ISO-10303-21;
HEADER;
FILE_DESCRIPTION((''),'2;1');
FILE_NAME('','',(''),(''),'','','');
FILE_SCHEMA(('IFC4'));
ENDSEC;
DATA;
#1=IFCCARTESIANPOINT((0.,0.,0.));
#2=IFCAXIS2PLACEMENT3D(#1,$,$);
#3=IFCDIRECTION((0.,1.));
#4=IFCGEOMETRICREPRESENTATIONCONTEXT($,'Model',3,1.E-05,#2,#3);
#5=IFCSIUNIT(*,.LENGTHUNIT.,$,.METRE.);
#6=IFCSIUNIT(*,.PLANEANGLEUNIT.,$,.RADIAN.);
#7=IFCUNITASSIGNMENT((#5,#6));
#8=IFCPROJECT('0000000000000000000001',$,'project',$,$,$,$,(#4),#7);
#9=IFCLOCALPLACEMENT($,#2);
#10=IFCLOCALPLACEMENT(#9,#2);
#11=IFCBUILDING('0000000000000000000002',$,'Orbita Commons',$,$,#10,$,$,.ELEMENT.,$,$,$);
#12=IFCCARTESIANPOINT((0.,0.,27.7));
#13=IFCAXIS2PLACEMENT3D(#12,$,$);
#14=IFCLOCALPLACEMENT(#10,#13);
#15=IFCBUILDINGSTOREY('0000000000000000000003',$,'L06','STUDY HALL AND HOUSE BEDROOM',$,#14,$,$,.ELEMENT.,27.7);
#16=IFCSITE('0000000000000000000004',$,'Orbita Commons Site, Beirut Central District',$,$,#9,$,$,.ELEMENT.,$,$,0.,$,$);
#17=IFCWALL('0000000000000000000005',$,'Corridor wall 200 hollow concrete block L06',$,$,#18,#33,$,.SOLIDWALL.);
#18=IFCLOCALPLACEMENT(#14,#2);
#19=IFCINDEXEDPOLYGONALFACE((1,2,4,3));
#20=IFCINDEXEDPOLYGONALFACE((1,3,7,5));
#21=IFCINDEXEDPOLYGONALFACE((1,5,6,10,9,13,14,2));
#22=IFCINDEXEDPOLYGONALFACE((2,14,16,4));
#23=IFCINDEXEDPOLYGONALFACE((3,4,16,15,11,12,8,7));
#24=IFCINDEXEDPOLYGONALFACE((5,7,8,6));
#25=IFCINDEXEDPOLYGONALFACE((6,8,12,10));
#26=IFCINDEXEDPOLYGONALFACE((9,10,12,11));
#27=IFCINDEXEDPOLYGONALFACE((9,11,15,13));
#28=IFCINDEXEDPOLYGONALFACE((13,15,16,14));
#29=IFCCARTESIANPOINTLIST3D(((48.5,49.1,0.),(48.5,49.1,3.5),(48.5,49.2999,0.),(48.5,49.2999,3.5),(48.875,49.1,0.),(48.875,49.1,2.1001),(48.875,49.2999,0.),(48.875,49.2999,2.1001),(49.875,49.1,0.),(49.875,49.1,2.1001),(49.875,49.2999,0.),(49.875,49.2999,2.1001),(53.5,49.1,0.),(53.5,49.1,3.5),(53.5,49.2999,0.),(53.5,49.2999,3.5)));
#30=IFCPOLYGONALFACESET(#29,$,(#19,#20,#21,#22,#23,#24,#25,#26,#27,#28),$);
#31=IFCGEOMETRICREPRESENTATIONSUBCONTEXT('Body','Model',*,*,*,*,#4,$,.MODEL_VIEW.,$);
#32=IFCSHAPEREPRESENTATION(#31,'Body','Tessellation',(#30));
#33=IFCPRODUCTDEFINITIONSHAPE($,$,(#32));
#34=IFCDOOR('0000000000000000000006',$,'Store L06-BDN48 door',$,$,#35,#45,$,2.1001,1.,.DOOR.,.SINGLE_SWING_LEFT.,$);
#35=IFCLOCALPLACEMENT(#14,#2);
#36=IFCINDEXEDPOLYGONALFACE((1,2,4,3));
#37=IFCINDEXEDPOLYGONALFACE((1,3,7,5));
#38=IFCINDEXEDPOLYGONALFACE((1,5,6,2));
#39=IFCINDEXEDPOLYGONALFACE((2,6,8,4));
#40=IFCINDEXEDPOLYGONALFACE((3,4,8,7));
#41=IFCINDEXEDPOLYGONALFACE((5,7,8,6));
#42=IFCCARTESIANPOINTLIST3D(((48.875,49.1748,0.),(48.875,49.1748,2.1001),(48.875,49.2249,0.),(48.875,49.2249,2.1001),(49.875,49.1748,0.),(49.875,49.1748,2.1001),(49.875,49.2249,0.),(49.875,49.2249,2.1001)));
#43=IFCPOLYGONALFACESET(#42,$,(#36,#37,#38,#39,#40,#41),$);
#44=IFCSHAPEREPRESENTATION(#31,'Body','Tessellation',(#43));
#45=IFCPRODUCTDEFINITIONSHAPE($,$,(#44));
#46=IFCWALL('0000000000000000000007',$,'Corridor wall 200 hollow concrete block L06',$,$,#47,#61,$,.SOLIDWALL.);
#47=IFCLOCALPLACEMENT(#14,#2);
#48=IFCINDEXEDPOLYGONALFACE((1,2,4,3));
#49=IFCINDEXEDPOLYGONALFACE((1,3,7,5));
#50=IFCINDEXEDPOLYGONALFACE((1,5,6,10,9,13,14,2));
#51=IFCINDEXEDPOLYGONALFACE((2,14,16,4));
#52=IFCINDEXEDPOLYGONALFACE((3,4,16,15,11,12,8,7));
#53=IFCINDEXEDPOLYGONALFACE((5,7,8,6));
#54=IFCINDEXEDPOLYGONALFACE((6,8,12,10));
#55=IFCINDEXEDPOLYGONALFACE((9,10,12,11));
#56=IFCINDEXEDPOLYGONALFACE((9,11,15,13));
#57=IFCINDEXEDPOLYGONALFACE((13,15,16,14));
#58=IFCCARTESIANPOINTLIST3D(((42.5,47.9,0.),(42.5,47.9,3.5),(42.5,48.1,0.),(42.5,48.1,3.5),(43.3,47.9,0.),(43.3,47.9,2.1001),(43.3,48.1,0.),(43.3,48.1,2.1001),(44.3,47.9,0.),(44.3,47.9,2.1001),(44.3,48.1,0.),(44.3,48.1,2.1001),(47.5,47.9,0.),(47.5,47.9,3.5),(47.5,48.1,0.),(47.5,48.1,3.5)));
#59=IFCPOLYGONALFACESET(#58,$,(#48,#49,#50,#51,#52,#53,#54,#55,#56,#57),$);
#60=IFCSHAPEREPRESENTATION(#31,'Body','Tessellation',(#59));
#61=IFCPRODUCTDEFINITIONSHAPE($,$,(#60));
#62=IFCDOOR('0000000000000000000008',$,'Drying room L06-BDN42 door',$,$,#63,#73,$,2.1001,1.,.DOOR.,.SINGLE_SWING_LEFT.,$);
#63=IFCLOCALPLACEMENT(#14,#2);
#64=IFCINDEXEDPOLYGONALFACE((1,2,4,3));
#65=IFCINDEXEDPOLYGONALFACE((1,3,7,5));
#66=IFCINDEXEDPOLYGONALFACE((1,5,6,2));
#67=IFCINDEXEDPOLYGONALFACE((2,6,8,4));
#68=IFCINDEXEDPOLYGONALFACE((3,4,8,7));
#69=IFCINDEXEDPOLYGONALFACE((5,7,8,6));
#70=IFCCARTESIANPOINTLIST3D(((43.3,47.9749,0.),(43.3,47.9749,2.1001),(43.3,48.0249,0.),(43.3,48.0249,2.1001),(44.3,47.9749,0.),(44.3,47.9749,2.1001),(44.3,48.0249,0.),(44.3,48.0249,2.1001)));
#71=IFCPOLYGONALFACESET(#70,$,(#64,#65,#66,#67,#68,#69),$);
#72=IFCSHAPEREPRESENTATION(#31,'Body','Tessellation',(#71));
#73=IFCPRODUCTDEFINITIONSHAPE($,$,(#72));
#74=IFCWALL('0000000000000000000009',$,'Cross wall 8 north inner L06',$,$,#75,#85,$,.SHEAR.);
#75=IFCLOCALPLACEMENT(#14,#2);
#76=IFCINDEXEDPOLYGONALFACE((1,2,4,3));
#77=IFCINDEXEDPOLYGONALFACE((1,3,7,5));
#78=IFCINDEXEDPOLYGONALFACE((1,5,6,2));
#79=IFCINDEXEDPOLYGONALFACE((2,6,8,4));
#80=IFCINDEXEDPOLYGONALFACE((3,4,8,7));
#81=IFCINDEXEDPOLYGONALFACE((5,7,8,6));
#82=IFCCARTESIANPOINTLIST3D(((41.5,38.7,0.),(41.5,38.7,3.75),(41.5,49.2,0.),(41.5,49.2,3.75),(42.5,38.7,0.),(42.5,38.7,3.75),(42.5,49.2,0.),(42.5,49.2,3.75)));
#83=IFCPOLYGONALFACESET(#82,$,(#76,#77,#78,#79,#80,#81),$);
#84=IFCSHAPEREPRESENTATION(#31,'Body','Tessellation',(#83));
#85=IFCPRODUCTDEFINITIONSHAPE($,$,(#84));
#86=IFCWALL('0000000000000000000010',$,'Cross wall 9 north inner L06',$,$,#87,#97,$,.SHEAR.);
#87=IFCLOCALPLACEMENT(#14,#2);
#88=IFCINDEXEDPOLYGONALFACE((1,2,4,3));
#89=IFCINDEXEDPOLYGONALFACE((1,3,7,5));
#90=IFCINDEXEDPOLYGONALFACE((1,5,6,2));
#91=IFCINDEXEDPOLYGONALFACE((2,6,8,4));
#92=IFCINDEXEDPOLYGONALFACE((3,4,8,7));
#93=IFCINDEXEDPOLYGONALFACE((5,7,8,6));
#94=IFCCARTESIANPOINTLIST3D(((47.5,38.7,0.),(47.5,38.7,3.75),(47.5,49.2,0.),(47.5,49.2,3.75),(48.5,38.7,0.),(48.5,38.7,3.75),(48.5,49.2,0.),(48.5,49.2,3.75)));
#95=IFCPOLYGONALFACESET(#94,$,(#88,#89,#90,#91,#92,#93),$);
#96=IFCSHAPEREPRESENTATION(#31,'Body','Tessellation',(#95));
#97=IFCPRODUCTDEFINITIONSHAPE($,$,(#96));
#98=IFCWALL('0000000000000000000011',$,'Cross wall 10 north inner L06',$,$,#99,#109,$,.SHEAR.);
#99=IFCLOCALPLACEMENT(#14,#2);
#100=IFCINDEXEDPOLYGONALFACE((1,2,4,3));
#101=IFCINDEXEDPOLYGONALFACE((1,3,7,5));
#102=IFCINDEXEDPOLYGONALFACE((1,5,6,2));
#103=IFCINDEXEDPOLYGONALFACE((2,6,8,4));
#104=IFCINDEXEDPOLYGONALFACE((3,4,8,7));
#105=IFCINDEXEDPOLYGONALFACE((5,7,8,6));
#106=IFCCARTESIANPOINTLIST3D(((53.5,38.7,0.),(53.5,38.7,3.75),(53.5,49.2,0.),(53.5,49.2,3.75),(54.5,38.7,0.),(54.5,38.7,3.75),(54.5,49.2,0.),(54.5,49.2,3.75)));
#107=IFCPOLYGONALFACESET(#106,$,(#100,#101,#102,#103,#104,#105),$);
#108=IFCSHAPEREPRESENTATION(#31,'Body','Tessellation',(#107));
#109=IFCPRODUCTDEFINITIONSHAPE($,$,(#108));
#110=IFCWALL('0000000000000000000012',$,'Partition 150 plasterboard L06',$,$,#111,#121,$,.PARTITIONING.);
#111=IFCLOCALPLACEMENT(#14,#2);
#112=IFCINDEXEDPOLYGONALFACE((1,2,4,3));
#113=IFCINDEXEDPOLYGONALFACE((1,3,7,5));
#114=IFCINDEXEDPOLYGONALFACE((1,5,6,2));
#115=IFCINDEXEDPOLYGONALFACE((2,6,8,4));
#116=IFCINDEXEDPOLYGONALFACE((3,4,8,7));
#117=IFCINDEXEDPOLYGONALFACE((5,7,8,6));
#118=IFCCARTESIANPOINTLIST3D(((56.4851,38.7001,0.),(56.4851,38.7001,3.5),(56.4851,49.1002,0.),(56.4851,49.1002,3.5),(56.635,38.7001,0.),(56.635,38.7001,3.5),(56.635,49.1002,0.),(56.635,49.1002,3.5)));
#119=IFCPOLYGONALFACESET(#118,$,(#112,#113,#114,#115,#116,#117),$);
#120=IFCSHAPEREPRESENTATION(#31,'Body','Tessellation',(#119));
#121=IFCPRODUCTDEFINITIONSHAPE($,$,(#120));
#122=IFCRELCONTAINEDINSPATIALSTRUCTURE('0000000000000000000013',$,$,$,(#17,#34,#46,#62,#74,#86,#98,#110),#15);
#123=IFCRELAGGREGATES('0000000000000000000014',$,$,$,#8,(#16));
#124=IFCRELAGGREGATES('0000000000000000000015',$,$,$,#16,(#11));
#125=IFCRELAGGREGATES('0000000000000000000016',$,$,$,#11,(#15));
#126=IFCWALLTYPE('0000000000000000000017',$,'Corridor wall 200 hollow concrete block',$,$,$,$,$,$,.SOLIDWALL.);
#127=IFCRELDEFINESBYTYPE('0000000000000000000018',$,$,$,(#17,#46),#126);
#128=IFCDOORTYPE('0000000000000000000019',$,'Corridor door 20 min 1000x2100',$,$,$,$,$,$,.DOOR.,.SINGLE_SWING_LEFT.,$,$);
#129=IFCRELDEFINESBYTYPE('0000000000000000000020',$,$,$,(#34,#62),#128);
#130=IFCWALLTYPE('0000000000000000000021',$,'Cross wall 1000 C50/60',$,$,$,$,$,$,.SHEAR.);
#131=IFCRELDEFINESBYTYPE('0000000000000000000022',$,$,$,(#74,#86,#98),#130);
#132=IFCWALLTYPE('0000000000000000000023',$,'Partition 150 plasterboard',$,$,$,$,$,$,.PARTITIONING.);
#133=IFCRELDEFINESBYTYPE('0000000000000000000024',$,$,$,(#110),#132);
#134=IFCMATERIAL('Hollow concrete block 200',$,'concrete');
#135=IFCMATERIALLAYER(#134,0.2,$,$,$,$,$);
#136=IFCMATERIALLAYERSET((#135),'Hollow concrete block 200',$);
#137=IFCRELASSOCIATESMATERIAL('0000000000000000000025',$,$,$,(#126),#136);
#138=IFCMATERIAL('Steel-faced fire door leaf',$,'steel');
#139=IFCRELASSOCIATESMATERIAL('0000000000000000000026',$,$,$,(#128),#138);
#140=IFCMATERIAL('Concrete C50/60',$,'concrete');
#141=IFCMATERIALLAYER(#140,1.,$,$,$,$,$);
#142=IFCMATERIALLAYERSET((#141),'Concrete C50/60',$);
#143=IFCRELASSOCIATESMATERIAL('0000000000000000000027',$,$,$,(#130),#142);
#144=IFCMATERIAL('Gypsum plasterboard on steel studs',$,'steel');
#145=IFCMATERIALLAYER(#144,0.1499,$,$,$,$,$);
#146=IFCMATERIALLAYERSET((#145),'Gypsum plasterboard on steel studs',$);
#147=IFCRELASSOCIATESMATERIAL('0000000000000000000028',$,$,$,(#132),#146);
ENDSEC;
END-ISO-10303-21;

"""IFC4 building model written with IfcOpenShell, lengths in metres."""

from ifc_helpers import new_model, si_unit, direction, frame, frame_2d, origin, place, context, subcontext, project, spatial, rectangle, extrude, material, layer, layer_set, type_object, element, fill, save


model = new_model("IFC4")

# Units and contexts
model_context = context("Model", 3, precision=1e-05, world=origin(), true_north=direction((0.0, 1.0)))
body_context = subcontext(model_context, "Body", "Model", "MODEL_VIEW")
ifc_project = project(units=[si_unit("LENGTHUNIT", "METRE"), si_unit("PLANEANGLEUNIT", "RADIAN")], contexts=[model_context])

# Site, building, storey
site_placement = place(None, origin())
site = spatial("IfcSite", under=ifc_project, at=site_placement, Name="Orbita Commons Site, Beirut Central District", CompositionType="ELEMENT", RefElevation=0.0)
building_placement = place(site_placement, origin())
building = spatial("IfcBuilding", under=site, at=building_placement, Name="Orbita Commons", CompositionType="ELEMENT")
storey_placement = place(building_placement, frame((0.0, 0.0, 27.7)))
storey = spatial("IfcBuildingStorey", under=building, at=storey_placement, Name="L06", Description="STUDY HALL AND HOUSE BEDROOM", CompositionType="ELEMENT", Elevation=27.7)

# Walls, openings, doors
ifc_material_1 = material(Name="Hollow concrete block 200", Category="concrete")
ifc_layer_1 = layer(ifc_material_1, 0.2)
ifc_layer_set_1 = layer_set([ifc_layer_1], Name="Hollow concrete block 200")
wall_type_1 = type_object("IfcWallType", Name="Corridor wall 200 hollow concrete block", PredefinedType="SOLIDWALL", material=ifc_layer_set_1)
wall_1_placement = place(storey_placement, frame((48.5, 49.2, 0.0), z_axis=(0.0, 0.0, 1.0), x_axis=(1.0, 0.0, 0.0)))
wall_1 = element("IfcWall", 1, at=wall_1_placement, inside=storey, type_object=wall_type_1, Name="Corridor wall 200 hollow concrete block L06", PredefinedType="SOLIDWALL", context=body_context, shape_type="SweptSolid", body=[
    extrude(rectangle(XDim=5.0, YDim=0.2, at=frame_2d((2.5, 0.0))), origin(), (0.0, 0.0, 1.0), 3.5),
])
opening_1_placement = place(wall_1_placement, frame((0.375, 0.0, 0.0)))
opening_1 = element("IfcOpeningElement", 2, at=opening_1_placement, cuts=wall_1, PredefinedType="OPENING", context=body_context, shape_type="SweptSolid", body=[
    extrude(rectangle(XDim=1.0, YDim=2.1001, at=frame_2d((0.5, 1.05))), frame((0.0, 0.1099, 0.0), z_axis=(0.0, -1.0, 0.0), x_axis=(1.0, 0.0, 0.0)), (0.0, 0.0, 1.0), 0.22),
])
ifc_material_2 = material(Name="Steel-faced fire door leaf", Category="steel")
door_type_1 = type_object("IfcDoorType", Name="Corridor door 20 min 1000x2100", OperationType="SINGLE_SWING_LEFT", PredefinedType="DOOR", material=ifc_material_2)
door_1_placement = place(opening_1_placement, origin())
door_1 = element("IfcDoor", 3, at=door_1_placement, inside=storey, type_object=door_type_1, Name="Store L06-BDN48 door", OperationType="SINGLE_SWING_LEFT", OverallHeight=2.1001, OverallWidth=1.0, PredefinedType="DOOR", context=body_context, shape_type="SweptSolid", body=[
    extrude(rectangle(XDim=1.0, YDim=2.1001, at=frame_2d((0.5, 1.05))), frame((0.0, 0.0249, 0.0), z_axis=(0.0, -1.0, 0.0), x_axis=(1.0, 0.0, 0.0)), (0.0, 0.0, 1.0), 0.05),
])
fill(opening_1, door_1)
wall_2_placement = place(storey_placement, frame((42.5, 48.0, 0.0), z_axis=(0.0, 0.0, 1.0), x_axis=(1.0, 0.0, 0.0)))
wall_2 = element("IfcWall", 4, at=wall_2_placement, inside=storey, type_object=wall_type_1, Name="Corridor wall 200 hollow concrete block L06", PredefinedType="SOLIDWALL", context=body_context, shape_type="SweptSolid", body=[
    extrude(rectangle(XDim=5.0, YDim=0.2, at=frame_2d((2.5, 0.0))), origin(), (0.0, 0.0, 1.0), 3.5),
])
opening_2_placement = place(wall_2_placement, frame((0.8, 0.0, 0.0)))
opening_2 = element("IfcOpeningElement", 5, at=opening_2_placement, cuts=wall_2, PredefinedType="OPENING", context=body_context, shape_type="SweptSolid", body=[
    extrude(rectangle(XDim=1.0, YDim=2.1001, at=frame_2d((0.5, 1.05))), frame((0.0, 0.1099, 0.0), z_axis=(0.0, -1.0, 0.0), x_axis=(1.0, 0.0, 0.0)), (0.0, 0.0, 1.0), 0.22),
])
door_2_placement = place(opening_2_placement, origin())
door_2 = element("IfcDoor", 6, at=door_2_placement, inside=storey, type_object=door_type_1, Name="Drying room L06-BDN42 door", OperationType="SINGLE_SWING_LEFT", OverallHeight=2.1001, OverallWidth=1.0, PredefinedType="DOOR", context=body_context, shape_type="SweptSolid", body=[
    extrude(rectangle(XDim=1.0, YDim=2.1001, at=frame_2d((0.5, 1.05))), frame((0.0, 0.0249, 0.0), z_axis=(0.0, -1.0, 0.0), x_axis=(1.0, 0.0, 0.0)), (0.0, 0.0, 1.0), 0.05),
])
fill(opening_2, door_2)

# Walls
ifc_material_3 = material(Name="Concrete C50/60", Category="concrete")
ifc_layer_2 = layer(ifc_material_3, 1.0)
ifc_layer_set_2 = layer_set([ifc_layer_2], Name="Concrete C50/60")
wall_type_2 = type_object("IfcWallType", Name="Cross wall 1000 C50/60", PredefinedType="SHEAR", material=ifc_layer_set_2)
for number, where, z_axis, x_axis, name in (
    (7, (42.0, 38.7, 0.0), (0.0, 0.0, 1.0), (0.0, 1.0, 0.0), "Cross wall 8 north inner L06"),
    (8, (48.0, 38.7, 0.0), (0.0, 0.0, 1.0), (0.0, 1.0, 0.0), "Cross wall 9 north inner L06"),
    (9, (54.0, 38.7, 0.0), (0.0, 0.0, 1.0), (0.0, 1.0, 0.0), "Cross wall 10 north inner L06"),
):
    element("IfcWall", number, at=place(storey_placement, frame(where, z_axis=z_axis, x_axis=x_axis)), inside=storey, type_object=wall_type_2, Name=name, PredefinedType="SHEAR", context=body_context, shape_type="SweptSolid", body=[
        extrude(rectangle(XDim=10.5, YDim=1.0, at=frame_2d((5.25, 0.0))), origin(), (0.0, 0.0, 1.0), 3.75),
    ])
ifc_material_4 = material(Name="Gypsum plasterboard on steel studs", Category="steel")
ifc_layer_3 = layer(ifc_material_4, 0.1499)
ifc_layer_set_3 = layer_set([ifc_layer_3], Name="Gypsum plasterboard on steel studs")
wall_type_3 = type_object("IfcWallType", Name="Partition 150 plasterboard", PredefinedType="PARTITIONING", material=ifc_layer_set_3)
wall_3_placement = place(storey_placement, frame((56.5601, 38.7, 0.0), z_axis=(0.0, 0.0, 1.0), x_axis=(0.0, 1.0, 0.0)))
element("IfcWall", 10, at=wall_3_placement, inside=storey, type_object=wall_type_3, Name="Partition 150 plasterboard L06", PredefinedType="PARTITIONING", context=body_context, shape_type="SweptSolid", body=[
    extrude(rectangle(XDim=10.4001, YDim=0.1499, at=frame_2d((5.2002, 0.0))), origin(), (0.0, 0.0, 1.0), 3.5),
])

save(model, "model.ifc")
